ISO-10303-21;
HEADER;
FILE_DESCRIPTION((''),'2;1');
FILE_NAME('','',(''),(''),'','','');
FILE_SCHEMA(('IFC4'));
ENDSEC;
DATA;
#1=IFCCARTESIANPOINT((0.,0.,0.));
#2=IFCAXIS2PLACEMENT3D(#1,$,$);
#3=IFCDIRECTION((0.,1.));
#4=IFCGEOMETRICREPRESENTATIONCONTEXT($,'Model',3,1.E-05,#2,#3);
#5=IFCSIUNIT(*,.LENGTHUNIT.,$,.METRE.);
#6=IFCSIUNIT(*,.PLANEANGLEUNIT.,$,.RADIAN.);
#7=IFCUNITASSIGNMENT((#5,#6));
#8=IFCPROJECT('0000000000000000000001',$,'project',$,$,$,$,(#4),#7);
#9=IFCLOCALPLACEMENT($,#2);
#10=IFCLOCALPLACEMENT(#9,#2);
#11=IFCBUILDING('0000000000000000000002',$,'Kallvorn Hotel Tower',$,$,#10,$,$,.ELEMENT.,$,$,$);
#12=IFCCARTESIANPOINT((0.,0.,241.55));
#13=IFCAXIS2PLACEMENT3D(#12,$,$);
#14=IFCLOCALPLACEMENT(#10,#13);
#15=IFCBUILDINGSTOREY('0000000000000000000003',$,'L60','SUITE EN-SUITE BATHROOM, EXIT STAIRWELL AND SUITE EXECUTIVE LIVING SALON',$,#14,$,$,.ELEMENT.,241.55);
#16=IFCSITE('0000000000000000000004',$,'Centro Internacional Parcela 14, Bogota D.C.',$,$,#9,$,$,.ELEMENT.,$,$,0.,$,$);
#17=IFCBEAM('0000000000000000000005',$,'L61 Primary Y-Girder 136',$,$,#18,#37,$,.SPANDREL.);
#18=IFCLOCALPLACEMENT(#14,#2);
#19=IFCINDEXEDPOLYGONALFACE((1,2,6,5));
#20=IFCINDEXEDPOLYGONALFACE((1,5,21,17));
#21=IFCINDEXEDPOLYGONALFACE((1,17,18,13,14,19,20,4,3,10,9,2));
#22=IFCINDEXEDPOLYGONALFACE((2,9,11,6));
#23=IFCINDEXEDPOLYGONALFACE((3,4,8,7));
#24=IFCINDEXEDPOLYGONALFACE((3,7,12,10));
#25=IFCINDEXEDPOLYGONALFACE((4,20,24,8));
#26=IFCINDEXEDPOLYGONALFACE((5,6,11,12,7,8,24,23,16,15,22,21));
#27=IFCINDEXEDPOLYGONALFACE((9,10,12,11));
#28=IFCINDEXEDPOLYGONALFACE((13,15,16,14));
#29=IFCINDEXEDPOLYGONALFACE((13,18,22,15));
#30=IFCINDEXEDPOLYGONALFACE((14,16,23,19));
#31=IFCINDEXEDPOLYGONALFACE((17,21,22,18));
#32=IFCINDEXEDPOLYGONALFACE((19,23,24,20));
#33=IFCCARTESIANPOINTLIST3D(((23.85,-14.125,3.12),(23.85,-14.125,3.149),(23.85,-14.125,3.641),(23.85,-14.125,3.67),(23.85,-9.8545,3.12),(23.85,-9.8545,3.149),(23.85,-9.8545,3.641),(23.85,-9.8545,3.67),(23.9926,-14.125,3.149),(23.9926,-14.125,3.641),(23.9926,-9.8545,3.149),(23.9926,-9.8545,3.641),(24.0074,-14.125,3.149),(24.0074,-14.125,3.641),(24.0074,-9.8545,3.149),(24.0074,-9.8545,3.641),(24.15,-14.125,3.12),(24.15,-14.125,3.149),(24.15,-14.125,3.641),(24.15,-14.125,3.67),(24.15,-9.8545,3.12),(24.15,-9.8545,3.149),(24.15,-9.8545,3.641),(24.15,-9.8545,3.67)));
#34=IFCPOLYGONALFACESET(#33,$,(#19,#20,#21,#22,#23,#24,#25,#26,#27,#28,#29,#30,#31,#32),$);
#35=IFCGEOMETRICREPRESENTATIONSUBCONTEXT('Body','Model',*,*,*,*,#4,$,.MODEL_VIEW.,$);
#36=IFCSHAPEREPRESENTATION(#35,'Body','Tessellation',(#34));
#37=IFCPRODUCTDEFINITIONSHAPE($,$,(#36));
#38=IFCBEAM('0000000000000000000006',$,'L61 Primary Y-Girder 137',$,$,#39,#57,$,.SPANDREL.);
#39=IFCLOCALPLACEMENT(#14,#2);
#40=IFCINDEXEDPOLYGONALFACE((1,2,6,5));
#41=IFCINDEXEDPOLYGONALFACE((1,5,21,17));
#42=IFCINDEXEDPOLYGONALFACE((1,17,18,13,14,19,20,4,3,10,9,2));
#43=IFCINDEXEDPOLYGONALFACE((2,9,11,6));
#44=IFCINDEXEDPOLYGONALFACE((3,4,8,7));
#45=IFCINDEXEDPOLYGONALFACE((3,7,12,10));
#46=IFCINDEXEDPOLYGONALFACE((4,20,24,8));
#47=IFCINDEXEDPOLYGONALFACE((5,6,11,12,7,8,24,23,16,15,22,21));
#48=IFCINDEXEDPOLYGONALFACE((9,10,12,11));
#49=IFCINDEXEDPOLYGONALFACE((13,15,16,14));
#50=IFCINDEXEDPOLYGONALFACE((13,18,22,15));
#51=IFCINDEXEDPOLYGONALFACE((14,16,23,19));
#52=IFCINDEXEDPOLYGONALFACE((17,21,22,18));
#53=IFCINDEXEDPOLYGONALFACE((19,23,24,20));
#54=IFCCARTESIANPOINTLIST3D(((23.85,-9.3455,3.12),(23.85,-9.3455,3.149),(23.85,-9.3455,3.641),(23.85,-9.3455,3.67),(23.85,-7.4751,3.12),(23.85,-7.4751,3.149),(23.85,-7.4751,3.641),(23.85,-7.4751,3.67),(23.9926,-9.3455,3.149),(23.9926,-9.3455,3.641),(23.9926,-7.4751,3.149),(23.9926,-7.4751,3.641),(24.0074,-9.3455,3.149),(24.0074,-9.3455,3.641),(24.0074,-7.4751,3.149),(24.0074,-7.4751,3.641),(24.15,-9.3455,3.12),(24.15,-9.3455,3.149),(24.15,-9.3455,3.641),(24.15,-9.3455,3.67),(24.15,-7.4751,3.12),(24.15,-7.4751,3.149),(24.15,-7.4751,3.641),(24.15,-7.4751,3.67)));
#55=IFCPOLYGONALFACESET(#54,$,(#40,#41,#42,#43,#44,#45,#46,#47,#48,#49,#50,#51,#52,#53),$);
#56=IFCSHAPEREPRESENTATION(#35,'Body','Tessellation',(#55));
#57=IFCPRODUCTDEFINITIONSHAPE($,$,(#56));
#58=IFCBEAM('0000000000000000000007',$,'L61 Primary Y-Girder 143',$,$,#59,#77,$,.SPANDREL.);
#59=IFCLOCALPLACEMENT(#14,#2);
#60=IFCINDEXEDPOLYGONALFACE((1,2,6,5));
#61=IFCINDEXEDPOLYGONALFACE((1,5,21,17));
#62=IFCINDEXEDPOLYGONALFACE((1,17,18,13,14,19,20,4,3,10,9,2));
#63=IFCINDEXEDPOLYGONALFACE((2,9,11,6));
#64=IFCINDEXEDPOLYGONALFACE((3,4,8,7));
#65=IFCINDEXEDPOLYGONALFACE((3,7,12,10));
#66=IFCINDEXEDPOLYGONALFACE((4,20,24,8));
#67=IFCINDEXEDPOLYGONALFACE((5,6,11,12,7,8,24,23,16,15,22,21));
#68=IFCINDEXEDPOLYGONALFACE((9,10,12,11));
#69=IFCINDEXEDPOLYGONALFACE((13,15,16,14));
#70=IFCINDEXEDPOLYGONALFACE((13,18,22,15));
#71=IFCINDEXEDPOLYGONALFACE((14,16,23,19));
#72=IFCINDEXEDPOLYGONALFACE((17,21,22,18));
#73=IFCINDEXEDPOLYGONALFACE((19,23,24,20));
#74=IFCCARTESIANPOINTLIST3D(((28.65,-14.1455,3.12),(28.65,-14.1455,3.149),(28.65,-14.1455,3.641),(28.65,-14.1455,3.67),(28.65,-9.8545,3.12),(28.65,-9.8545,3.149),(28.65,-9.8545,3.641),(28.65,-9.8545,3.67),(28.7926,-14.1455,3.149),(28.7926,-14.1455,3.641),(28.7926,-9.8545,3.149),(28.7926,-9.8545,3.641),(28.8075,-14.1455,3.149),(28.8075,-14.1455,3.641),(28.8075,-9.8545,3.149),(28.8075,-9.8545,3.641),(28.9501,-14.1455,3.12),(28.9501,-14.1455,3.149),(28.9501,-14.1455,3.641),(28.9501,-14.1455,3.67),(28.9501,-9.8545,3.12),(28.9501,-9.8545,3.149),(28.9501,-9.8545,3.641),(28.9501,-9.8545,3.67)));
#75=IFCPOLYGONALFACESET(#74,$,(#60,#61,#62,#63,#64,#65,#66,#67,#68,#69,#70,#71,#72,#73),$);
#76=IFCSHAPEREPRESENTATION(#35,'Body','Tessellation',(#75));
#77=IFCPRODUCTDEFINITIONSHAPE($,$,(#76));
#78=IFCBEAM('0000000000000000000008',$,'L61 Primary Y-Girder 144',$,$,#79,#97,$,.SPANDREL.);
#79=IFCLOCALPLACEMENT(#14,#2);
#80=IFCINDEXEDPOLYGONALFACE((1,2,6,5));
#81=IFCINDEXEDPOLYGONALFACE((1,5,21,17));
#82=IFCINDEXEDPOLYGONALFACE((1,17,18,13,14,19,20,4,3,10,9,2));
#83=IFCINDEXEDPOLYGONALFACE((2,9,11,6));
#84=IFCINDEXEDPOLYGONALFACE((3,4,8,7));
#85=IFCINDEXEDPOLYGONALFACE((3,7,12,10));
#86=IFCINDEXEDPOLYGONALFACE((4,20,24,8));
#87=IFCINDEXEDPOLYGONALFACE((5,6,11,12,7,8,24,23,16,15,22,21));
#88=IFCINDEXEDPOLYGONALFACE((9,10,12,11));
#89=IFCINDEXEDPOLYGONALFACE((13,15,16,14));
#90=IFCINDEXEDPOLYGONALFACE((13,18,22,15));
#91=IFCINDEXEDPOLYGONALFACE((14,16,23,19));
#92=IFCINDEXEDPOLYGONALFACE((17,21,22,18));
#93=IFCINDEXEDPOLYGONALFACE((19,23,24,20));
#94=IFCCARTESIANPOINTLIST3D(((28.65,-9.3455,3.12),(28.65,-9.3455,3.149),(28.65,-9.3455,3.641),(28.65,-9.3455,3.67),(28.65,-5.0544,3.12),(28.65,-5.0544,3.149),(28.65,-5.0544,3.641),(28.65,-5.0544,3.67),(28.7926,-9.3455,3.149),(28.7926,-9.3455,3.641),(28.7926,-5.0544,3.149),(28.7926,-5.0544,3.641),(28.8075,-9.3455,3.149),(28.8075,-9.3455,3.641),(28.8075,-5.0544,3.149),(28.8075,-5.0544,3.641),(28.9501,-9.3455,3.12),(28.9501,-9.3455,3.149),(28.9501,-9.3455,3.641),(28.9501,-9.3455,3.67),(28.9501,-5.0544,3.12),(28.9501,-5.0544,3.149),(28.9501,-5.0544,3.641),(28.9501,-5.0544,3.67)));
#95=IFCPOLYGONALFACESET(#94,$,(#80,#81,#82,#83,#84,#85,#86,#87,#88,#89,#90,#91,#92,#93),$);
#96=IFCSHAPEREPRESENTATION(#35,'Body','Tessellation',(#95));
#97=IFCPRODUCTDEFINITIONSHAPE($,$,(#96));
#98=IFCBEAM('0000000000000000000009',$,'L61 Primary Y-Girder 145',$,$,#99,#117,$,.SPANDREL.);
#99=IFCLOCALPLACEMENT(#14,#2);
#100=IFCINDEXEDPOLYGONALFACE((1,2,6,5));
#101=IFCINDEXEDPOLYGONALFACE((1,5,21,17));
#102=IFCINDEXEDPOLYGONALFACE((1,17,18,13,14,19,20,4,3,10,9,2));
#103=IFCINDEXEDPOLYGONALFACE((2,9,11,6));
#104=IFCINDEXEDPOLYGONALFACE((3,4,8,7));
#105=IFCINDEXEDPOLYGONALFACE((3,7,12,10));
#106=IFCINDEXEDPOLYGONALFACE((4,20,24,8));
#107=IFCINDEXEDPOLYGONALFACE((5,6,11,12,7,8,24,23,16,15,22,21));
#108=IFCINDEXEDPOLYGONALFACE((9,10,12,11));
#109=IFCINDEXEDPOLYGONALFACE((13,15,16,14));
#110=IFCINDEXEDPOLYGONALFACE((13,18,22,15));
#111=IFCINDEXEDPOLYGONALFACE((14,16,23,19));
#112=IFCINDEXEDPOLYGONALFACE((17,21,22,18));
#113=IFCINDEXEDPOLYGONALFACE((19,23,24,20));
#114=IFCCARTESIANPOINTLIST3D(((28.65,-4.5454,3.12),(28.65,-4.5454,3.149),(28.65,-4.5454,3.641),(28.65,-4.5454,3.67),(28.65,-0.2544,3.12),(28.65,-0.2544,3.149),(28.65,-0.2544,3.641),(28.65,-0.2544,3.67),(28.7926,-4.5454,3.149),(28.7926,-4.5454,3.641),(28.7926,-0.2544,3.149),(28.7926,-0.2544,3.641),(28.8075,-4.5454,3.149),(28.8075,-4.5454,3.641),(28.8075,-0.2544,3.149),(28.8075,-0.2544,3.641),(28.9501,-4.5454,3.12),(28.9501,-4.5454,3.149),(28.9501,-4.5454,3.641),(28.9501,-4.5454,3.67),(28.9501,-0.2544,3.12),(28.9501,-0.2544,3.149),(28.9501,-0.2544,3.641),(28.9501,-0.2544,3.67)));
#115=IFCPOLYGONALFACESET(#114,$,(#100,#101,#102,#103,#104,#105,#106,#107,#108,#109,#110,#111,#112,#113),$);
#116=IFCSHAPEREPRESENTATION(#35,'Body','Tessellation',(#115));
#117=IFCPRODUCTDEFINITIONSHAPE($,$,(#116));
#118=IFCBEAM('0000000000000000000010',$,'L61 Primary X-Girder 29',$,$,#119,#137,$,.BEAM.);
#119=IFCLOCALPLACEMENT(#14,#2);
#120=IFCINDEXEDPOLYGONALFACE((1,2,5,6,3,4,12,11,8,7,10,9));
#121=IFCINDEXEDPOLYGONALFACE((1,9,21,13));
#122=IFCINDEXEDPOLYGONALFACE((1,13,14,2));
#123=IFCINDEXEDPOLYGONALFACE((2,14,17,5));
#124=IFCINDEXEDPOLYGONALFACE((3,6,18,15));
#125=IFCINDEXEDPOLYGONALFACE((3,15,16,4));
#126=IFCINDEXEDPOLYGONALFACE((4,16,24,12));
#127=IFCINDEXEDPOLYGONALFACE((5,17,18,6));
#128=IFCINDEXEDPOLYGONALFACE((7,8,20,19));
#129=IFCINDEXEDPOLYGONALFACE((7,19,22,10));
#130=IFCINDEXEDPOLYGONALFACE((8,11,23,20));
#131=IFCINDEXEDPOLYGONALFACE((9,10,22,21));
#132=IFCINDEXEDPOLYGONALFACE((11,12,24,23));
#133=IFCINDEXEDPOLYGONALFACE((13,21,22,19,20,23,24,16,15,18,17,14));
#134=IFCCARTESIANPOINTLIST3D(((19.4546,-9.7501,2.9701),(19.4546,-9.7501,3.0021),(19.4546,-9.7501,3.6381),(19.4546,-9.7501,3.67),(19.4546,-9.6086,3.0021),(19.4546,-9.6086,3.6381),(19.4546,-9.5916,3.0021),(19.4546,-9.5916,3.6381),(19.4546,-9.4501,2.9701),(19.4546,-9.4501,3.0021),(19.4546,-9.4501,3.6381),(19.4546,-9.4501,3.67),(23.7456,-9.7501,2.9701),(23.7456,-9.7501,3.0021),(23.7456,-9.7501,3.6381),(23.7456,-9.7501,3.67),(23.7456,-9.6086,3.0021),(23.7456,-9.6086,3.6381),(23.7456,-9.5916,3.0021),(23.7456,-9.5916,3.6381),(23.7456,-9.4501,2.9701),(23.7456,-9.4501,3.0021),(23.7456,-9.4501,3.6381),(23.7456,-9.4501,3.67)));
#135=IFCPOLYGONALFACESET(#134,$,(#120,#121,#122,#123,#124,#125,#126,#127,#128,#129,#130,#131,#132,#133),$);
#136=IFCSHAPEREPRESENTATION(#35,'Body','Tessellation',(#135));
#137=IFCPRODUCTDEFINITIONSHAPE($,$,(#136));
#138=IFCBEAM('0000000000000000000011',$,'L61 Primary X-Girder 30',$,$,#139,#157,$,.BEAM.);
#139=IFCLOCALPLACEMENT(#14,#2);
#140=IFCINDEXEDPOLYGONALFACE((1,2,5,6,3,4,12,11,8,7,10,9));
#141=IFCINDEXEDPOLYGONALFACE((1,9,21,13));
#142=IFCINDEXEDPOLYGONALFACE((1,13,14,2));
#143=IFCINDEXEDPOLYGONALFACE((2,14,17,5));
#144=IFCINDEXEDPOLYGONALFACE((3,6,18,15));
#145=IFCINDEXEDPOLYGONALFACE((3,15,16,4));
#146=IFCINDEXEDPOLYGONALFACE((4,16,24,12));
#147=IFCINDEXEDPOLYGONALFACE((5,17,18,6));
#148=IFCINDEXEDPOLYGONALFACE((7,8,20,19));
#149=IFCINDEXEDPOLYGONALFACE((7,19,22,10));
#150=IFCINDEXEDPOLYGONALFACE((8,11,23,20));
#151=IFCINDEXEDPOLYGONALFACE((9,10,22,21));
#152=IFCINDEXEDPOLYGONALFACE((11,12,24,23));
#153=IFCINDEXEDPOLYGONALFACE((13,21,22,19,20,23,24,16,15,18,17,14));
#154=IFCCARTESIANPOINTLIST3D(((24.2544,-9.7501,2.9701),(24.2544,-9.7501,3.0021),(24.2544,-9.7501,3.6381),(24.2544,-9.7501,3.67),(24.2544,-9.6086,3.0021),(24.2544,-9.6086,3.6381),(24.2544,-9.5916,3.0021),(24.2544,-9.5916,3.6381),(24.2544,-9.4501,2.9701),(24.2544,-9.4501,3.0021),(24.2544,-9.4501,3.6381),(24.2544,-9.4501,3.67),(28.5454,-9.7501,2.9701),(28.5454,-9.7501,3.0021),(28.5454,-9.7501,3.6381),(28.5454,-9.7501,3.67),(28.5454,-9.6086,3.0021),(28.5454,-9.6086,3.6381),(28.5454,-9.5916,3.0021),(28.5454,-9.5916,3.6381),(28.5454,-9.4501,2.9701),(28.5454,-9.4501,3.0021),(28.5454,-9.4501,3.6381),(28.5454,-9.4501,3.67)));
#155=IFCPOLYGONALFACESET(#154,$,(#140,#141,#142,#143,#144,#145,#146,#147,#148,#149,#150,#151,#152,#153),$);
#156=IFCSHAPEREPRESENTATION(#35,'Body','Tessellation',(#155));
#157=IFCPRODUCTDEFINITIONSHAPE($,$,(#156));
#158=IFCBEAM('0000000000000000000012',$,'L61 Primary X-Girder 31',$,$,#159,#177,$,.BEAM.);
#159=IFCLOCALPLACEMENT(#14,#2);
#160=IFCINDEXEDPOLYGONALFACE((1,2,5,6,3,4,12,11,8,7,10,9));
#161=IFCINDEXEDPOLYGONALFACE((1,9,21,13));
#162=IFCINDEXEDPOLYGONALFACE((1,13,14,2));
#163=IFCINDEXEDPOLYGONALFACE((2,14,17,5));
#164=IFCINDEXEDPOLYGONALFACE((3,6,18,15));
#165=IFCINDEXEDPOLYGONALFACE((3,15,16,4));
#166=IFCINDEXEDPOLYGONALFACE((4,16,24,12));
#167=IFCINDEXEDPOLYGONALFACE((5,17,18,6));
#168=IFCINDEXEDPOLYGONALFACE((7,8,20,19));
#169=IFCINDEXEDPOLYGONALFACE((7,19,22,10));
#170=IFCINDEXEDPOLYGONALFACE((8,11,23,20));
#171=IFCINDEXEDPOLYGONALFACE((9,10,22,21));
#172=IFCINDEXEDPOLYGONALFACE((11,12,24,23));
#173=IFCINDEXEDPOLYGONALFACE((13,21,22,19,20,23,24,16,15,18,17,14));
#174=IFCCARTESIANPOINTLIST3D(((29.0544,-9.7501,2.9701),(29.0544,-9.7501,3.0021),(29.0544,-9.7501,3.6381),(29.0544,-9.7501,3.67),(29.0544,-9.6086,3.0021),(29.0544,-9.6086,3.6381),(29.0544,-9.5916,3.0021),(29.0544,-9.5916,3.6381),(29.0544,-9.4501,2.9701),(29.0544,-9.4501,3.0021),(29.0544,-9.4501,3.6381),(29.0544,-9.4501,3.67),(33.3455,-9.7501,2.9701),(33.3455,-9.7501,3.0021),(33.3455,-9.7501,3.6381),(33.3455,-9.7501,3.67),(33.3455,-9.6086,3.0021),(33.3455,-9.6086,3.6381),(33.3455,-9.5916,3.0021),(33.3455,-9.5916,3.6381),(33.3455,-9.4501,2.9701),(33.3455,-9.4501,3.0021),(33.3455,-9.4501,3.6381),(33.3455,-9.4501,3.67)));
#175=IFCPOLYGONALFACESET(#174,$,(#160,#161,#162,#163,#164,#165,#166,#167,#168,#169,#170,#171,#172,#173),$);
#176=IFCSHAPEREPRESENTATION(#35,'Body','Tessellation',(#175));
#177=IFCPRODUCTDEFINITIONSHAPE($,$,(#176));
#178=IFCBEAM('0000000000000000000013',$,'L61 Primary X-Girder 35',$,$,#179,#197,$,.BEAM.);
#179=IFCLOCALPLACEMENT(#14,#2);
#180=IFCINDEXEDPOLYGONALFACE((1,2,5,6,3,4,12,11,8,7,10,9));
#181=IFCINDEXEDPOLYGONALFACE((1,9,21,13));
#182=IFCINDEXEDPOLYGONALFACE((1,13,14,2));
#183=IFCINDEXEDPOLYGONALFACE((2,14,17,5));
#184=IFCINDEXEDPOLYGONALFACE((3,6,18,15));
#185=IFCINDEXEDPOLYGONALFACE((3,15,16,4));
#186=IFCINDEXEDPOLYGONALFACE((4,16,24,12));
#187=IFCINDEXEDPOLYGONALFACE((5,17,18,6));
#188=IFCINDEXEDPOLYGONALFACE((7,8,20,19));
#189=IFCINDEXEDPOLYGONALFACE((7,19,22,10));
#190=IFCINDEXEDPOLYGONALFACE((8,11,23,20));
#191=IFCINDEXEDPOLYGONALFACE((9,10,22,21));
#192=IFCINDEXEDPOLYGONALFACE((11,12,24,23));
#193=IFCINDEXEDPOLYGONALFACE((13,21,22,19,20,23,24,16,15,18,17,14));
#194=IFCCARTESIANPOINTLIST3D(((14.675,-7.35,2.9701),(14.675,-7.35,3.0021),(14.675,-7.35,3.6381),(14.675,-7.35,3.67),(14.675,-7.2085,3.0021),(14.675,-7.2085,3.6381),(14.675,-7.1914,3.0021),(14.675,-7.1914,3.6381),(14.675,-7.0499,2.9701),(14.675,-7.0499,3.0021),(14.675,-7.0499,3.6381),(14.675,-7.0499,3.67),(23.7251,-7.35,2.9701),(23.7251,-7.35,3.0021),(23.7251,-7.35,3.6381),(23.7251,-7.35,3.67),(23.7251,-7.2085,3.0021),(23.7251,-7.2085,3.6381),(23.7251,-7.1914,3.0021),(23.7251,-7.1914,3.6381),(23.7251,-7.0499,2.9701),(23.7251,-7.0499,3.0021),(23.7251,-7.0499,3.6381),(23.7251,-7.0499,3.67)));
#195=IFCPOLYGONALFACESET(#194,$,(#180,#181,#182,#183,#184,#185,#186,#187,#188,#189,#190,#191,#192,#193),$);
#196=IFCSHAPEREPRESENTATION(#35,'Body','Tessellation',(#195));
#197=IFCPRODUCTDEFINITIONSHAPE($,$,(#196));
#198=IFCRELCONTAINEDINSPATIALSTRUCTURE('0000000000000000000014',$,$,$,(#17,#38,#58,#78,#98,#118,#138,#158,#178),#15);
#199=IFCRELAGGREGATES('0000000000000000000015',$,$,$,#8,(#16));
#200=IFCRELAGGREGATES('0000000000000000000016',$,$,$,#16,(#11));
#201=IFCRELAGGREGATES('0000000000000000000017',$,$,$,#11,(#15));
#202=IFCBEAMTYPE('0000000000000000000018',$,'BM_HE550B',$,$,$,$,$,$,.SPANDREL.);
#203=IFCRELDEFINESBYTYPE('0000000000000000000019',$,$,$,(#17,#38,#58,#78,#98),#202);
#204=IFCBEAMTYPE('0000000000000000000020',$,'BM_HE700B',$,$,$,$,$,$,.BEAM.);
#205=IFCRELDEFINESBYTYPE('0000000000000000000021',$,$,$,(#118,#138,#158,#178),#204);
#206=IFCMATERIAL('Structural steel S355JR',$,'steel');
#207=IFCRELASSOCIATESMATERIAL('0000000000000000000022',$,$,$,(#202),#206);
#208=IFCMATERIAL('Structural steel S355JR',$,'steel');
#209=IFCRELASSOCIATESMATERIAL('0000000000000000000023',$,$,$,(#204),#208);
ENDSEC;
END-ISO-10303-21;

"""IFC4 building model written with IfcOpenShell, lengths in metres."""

from ifc_helpers import new_model, si_unit, direction, frame, origin, origin_2d, place, context, subcontext, project, spatial, i_section, extrude, material, material_profile, profile_set, type_object, element, save


model = new_model("IFC4")

# Units and contexts
model_context = context("Model", 3, precision=1e-05, world=origin(), true_north=direction((0.0, 1.0)))
body_context = subcontext(model_context, "Body", "Model", "MODEL_VIEW")
ifc_project = project(units=[si_unit("LENGTHUNIT", "METRE"), si_unit("PLANEANGLEUNIT", "RADIAN")], contexts=[model_context])

# Site, building, storey
site_placement = place(None, origin())
site = spatial("IfcSite", under=ifc_project, at=site_placement, Name="Centro Internacional Parcela 14, Bogota D.C.", CompositionType="ELEMENT", RefElevation=0.0)
building_placement = place(site_placement, origin())
building = spatial("IfcBuilding", under=site, at=building_placement, Name="Kallvorn Hotel Tower", CompositionType="ELEMENT")
storey_placement = place(building_placement, frame((0.0, 0.0, 241.55)))
storey = spatial("IfcBuildingStorey", under=building, at=storey_placement, Name="L60", Description="SUITE EN-SUITE BATHROOM, EXIT STAIRWELL AND SUITE EXECUTIVE LIVING SALON", CompositionType="ELEMENT", Elevation=241.55)

# Beams
ifc_material_1 = material(Name="Structural steel S355JR", Category="steel")
ifc_material_profile_1 = material_profile(ifc_material_1, i_section(OverallWidth=0.3, OverallDepth=0.55, WebThickness=0.0149, FlangeThickness=0.0291, at=origin_2d()), Name="HE 550 B")
ifc_profile_set_1 = profile_set([ifc_material_profile_1], Name="Structural steel S355JR")
beam_type_1 = type_object("IfcBeamType", Name="BM_HE550B", PredefinedType="SPANDREL", material=ifc_profile_set_1)
beam_1_placement = place(storey_placement, frame((24.0, -14.125, 3.395), z_axis=(0.0, 1.0, 0.0), x_axis=(-1.0, 0.0, 0.0)))
element("IfcBeam", 1, at=beam_1_placement, inside=storey, type_object=beam_type_1, Name="L61 Primary Y-Girder 136", PredefinedType="SPANDREL", context=body_context, shape_type="SweptSolid", body=[
    extrude(i_section(OverallWidth=0.3, OverallDepth=0.55, WebThickness=0.0149, FlangeThickness=0.0291, at=origin_2d()), origin(), (0.0, 0.0, 1.0), 4.2705),
])
beam_2_placement = place(storey_placement, frame((24.0, -9.3455, 3.395), z_axis=(0.0, 1.0, 0.0), x_axis=(-1.0, 0.0, 0.0)))
element("IfcBeam", 2, at=beam_2_placement, inside=storey, type_object=beam_type_1, Name="L61 Primary Y-Girder 137", PredefinedType="SPANDREL", context=body_context, shape_type="SweptSolid", body=[
    extrude(i_section(OverallWidth=0.3, OverallDepth=0.55, WebThickness=0.0149, FlangeThickness=0.0291, at=origin_2d()), origin(), (0.0, 0.0, 1.0), 1.8704),
])
for number, where, z_axis, x_axis, name in (
    (3, (28.8, -14.1455, 3.395), (0.0, 1.0, 0.0), (-1.0, 0.0, 0.0), "L61 Primary Y-Girder 143"),
    (4, (28.8, -9.3455, 3.395), (0.0, 1.0, 0.0), (-1.0, 0.0, 0.0), "L61 Primary Y-Girder 144"),
    (5, (28.8, -4.5454, 3.395), (0.0, 1.0, 0.0), (-1.0, 0.0, 0.0), "L61 Primary Y-Girder 145"),
):
    element("IfcBeam", number, at=place(storey_placement, frame(where, z_axis=z_axis, x_axis=x_axis)), inside=storey, type_object=beam_type_1, Name=name, PredefinedType="SPANDREL", context=body_context, shape_type="SweptSolid", body=[
        extrude(i_section(OverallWidth=0.3, OverallDepth=0.55, WebThickness=0.0149, FlangeThickness=0.0291, at=origin_2d()), origin(), (0.0, 0.0, 1.0), 4.291),
    ])
ifc_material_2 = material(Name="Structural steel S355JR", Category="steel")
ifc_material_profile_2 = material_profile(ifc_material_2, i_section(OverallWidth=0.3, OverallDepth=0.7, WebThickness=0.0171, FlangeThickness=0.032, at=origin_2d()), Name="HE 700 B")
ifc_profile_set_2 = profile_set([ifc_material_profile_2], Name="Structural steel S355JR")
beam_type_2 = type_object("IfcBeamType", Name="BM_HE700B", PredefinedType="BEAM", material=ifc_profile_set_2)
for number, where, z_axis, x_axis, name in (
    (6, (19.4546, -9.6001, 3.3201), (1.0, 0.0, 0.0), (0.0, 1.0, 0.0), "L61 Primary X-Girder 29"),
    (7, (24.2544, -9.6001, 3.3201), (1.0, 0.0, 0.0), (0.0, 1.0, 0.0), "L61 Primary X-Girder 30"),
    (8, (29.0544, -9.6001, 3.3201), (1.0, 0.0, 0.0), (0.0, 1.0, 0.0), "L61 Primary X-Girder 31"),
):
    element("IfcBeam", number, at=place(storey_placement, frame(where, z_axis=z_axis, x_axis=x_axis)), inside=storey, type_object=beam_type_2, Name=name, PredefinedType="BEAM", context=body_context, shape_type="SweptSolid", body=[
        extrude(i_section(OverallWidth=0.3, OverallDepth=0.7, WebThickness=0.0171, FlangeThickness=0.032, at=origin_2d()), origin(), (0.0, 0.0, 1.0), 4.291),
    ])
beam_3_placement = place(storey_placement, frame((14.675, -7.2, 3.3201), z_axis=(1.0, 0.0, 0.0), x_axis=(0.0, 1.0, 0.0)))
element("IfcBeam", 9, at=beam_3_placement, inside=storey, type_object=beam_type_2, Name="L61 Primary X-Girder 35", PredefinedType="BEAM", context=body_context, shape_type="SweptSolid", body=[
    extrude(i_section(OverallWidth=0.3, OverallDepth=0.7, WebThickness=0.0171, FlangeThickness=0.032, at=origin_2d()), origin(), (0.0, 0.0, 1.0), 9.05),
])

save(model, "model.ifc")
